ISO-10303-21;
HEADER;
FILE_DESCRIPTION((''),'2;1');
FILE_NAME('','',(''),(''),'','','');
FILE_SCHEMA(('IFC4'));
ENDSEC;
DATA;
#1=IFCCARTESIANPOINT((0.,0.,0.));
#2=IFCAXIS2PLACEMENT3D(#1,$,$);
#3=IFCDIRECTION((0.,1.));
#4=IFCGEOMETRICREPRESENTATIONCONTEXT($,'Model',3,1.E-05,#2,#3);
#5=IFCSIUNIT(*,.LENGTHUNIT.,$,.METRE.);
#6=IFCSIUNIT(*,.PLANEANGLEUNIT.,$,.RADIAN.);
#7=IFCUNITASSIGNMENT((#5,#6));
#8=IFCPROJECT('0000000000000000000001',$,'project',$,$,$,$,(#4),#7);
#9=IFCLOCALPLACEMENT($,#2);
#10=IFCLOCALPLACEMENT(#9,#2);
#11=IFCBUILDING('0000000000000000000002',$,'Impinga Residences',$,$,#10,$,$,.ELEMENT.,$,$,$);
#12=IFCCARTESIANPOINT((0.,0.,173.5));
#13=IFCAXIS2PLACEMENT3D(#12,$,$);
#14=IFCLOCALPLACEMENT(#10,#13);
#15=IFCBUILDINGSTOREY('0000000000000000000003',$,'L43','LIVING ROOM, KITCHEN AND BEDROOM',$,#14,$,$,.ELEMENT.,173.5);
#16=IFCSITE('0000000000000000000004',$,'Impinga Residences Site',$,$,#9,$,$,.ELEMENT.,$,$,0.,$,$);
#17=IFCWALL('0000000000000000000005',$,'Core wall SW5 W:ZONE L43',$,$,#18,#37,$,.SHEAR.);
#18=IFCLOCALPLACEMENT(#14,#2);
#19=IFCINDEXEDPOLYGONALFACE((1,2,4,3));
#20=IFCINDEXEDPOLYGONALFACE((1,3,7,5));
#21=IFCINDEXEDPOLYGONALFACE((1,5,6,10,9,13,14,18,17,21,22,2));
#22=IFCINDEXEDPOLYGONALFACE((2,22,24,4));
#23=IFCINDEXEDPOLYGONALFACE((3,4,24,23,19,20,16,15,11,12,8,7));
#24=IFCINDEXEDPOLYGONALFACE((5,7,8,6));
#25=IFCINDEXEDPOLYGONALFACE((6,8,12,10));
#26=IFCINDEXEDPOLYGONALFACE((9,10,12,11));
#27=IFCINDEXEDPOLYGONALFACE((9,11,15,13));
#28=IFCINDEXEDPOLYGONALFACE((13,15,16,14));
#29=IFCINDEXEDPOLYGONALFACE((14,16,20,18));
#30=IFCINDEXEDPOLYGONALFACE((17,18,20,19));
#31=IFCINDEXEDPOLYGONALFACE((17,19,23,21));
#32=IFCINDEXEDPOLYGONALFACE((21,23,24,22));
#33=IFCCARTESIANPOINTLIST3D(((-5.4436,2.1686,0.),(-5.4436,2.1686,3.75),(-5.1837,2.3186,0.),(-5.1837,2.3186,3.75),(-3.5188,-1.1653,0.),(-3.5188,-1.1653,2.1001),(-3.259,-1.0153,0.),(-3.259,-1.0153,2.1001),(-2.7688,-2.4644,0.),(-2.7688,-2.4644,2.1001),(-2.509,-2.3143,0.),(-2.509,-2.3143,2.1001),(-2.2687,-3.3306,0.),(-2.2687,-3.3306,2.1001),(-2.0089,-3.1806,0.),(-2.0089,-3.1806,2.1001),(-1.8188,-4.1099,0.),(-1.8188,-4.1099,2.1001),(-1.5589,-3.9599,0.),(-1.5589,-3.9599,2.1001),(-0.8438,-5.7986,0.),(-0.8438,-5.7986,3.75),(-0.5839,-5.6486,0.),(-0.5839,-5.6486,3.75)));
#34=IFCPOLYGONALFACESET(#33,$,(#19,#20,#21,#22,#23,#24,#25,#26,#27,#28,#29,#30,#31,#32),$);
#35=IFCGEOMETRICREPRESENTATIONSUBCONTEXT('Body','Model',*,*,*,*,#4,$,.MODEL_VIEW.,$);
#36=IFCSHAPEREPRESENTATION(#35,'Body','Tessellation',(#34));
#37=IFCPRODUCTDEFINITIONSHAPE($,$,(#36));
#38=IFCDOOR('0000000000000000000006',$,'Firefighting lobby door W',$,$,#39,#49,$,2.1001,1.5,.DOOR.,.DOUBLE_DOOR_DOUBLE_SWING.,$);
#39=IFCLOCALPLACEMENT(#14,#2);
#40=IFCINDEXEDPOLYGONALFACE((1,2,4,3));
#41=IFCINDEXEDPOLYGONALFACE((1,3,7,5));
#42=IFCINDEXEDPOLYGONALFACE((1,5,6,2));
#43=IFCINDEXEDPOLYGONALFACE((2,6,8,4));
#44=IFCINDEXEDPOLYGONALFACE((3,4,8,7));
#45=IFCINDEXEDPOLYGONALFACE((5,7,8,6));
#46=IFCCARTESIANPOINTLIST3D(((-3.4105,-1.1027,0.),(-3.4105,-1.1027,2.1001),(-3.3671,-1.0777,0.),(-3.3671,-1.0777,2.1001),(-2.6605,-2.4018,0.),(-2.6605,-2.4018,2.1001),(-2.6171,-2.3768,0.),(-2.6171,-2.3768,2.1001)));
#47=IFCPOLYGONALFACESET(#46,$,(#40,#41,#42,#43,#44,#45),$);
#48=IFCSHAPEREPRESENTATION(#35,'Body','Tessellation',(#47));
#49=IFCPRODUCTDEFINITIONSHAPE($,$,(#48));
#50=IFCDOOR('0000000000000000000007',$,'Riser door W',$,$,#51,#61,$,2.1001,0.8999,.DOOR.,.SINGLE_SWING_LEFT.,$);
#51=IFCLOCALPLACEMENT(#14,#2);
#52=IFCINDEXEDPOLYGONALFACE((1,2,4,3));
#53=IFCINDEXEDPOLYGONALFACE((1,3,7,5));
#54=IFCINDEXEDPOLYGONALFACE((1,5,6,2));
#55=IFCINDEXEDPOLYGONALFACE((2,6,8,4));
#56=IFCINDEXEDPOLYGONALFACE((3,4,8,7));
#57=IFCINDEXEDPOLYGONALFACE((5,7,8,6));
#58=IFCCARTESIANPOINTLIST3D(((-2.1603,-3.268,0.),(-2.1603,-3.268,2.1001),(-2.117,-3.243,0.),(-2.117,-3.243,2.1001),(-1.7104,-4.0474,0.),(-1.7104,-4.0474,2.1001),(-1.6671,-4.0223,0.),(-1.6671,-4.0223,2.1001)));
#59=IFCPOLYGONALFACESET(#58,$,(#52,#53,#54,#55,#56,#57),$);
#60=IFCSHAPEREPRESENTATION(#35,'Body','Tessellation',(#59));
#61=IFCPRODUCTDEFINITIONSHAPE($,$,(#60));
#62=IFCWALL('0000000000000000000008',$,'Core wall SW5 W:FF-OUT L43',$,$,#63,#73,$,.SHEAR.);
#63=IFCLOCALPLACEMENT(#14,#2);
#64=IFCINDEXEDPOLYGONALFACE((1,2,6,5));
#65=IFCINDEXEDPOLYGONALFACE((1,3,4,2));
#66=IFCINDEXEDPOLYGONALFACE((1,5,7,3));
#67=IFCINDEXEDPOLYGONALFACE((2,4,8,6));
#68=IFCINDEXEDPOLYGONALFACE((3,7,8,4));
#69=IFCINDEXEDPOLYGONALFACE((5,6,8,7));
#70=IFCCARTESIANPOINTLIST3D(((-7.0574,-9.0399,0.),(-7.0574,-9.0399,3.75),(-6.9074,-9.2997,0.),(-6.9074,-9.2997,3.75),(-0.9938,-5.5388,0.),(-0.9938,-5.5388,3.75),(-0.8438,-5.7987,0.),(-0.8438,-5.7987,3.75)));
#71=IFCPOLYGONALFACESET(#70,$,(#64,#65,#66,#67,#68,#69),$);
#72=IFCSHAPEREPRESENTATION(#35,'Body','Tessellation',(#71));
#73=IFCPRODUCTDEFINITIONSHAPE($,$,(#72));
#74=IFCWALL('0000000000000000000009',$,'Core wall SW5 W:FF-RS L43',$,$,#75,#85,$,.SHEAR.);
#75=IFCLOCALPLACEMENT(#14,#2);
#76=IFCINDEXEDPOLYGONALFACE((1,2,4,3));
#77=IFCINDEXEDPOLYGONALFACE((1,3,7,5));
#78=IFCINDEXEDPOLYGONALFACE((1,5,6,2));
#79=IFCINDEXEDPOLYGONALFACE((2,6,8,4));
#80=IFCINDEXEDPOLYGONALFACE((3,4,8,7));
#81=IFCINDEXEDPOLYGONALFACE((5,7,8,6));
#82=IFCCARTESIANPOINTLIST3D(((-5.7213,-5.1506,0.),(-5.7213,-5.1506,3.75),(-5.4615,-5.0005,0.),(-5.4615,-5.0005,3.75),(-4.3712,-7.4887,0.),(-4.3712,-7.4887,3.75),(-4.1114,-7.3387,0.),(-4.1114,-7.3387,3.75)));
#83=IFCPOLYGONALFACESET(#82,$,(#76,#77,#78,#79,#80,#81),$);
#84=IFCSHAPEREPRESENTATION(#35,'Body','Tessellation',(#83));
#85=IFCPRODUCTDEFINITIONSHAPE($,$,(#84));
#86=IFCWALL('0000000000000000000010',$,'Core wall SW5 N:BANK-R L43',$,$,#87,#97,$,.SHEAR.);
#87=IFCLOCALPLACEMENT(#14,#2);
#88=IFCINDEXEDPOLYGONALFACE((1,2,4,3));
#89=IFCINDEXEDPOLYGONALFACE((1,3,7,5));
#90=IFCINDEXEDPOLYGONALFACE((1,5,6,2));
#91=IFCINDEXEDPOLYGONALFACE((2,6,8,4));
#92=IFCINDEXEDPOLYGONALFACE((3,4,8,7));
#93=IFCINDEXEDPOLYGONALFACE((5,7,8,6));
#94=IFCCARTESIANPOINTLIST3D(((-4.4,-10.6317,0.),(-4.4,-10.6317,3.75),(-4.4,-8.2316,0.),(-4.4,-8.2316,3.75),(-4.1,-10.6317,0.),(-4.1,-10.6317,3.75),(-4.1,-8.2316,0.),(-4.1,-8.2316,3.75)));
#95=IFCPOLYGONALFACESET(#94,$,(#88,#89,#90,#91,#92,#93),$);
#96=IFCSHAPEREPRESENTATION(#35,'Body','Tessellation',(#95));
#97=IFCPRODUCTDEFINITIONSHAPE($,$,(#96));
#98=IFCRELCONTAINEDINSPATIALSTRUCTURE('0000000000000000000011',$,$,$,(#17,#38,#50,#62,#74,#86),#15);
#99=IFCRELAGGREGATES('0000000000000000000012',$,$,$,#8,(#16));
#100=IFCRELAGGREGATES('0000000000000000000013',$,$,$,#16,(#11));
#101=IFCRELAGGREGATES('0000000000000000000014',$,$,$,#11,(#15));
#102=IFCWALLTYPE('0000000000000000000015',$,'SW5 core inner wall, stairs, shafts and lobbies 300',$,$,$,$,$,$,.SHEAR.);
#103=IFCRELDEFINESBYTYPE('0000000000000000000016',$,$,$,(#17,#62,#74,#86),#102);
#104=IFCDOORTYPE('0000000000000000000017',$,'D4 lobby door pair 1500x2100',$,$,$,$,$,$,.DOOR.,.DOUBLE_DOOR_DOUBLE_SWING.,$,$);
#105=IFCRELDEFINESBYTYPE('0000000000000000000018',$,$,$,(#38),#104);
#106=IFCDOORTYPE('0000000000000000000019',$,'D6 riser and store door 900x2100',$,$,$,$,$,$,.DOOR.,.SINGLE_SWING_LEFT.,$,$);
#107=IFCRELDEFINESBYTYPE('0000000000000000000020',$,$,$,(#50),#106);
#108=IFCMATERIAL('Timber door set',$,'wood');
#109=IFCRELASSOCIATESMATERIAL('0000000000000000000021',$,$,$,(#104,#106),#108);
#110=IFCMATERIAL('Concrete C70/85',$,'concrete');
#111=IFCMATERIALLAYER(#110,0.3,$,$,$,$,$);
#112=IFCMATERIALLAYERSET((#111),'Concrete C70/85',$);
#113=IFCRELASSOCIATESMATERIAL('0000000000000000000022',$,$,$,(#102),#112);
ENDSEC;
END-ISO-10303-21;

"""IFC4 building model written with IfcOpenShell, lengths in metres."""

from ifc_helpers import new_model, si_unit, direction, frame, frame_2d, origin, place, context, subcontext, project, spatial, rectangle, extrude, material, layer, layer_set, type_object, element, fill, save


model = new_model("IFC4")

# Units and contexts
model_context = context("Model", 3, precision=1e-05, world=origin(), true_north=direction((0.0, 1.0)))
body_context = subcontext(model_context, "Body", "Model", "MODEL_VIEW")
ifc_project = project(units=[si_unit("LENGTHUNIT", "METRE"), si_unit("PLANEANGLEUNIT", "RADIAN")], contexts=[model_context])

# Site, building, storey
site_placement = place(None, origin())
site = spatial("IfcSite", under=ifc_project, at=site_placement, Name="Impinga Residences Site", CompositionType="ELEMENT", RefElevation=0.0)
building_placement = place(site_placement, origin())
building = spatial("IfcBuilding", under=site, at=building_placement, Name="Impinga Residences", CompositionType="ELEMENT")
storey_placement = place(building_placement, frame((0.0, 0.0, 173.5)))
storey = spatial("IfcBuildingStorey", under=building, at=storey_placement, Name="L43", Description="LIVING ROOM, KITCHEN AND BEDROOM", CompositionType="ELEMENT", Elevation=173.5)

# Shared definitions
ifc_material_1 = material(Name="Timber door set", Category="wood")

# Shared definitions
door_type_1 = type_object("IfcDoorType", Name="D4 lobby door pair 1500x2100", OperationType="DOUBLE_DOOR_DOUBLE_SWING", PredefinedType="DOOR", material=ifc_material_1)

# Wall, openings, doors
ifc_material_2 = material(Name="Concrete C70/85", Category="concrete")
ifc_layer_1 = layer(ifc_material_2, 0.3)
ifc_layer_set_1 = layer_set([ifc_layer_1], Name="Concrete C70/85")
wall_type_1 = type_object("IfcWallType", Name="SW5 core inner wall, stairs, shafts and lobbies 300", PredefinedType="SHEAR", material=ifc_layer_set_1)
wall_1_placement = place(storey_placement, frame((-0.7139, -5.7236, 0.0), z_axis=(0.0, 0.0, 1.0), x_axis=(-0.499995, 0.866028, 0.0)))
wall_1 = element("IfcWall", 1, at=wall_1_placement, inside=storey, type_object=wall_type_1, Name="Core wall SW5 W:ZONE L43", PredefinedType="SHEAR", context=body_context, shape_type="SweptSolid", body=[
    extrude(rectangle(XDim=9.1997, YDim=0.3, at=frame_2d((4.5999, 0.0))), origin(), (0.0, 0.0, 1.0), 3.75),
])
opening_1_placement = place(wall_1_placement, frame((3.8501, 0.0, 0.0)))
opening_1 = element("IfcOpeningElement", 2, at=opening_1_placement, cuts=wall_1, PredefinedType="OPENING", context=body_context, shape_type="SweptSolid", body=[
    extrude(rectangle(XDim=1.5, YDim=2.1001, at=frame_2d((0.75, 1.05))), frame((0.0, 0.1599, 0.0), z_axis=(0.0, -1.0, 0.0), x_axis=(1.0, 0.0, 0.0)), (0.0, 0.0, 1.0), 0.3201),
])
opening_2_placement = place(wall_1_placement, frame((1.95, 0.0, 0.0)))
opening_2 = element("IfcOpeningElement", 3, at=opening_2_placement, cuts=wall_1, PredefinedType="OPENING", context=body_context, shape_type="SweptSolid", body=[
    extrude(rectangle(XDim=0.8999, YDim=2.1001, at=frame_2d((0.45, 1.05))), frame((0.0, 0.1599, 0.0), z_axis=(0.0, -1.0, 0.0), x_axis=(1.0, 0.0, 0.0)), (0.0, 0.0, 1.0), 0.3201),
])
door_1_placement = place(opening_1_placement, origin())
door_1 = element("IfcDoor", 4, at=door_1_placement, inside=storey, type_object=door_type_1, Name="Firefighting lobby door W", OperationType="DOUBLE_DOOR_DOUBLE_SWING", OverallHeight=2.1001, OverallWidth=1.5, PredefinedType="DOOR", context=body_context, shape_type="SweptSolid", body=[
    extrude(rectangle(XDim=1.5, YDim=2.1001, at=frame_2d((0.75, 1.05))), frame((0.0, 0.0249, 0.0), z_axis=(0.0, -1.0, 0.0), x_axis=(1.0, 0.0, 0.0)), (0.0, 0.0, 1.0), 0.05),
])
fill(opening_1, door_1)
door_type_2 = type_object("IfcDoorType", Name="D6 riser and store door 900x2100", OperationType="SINGLE_SWING_LEFT", PredefinedType="DOOR", material=ifc_material_1)
door_2_placement = place(opening_2_placement, origin())
door_2 = element("IfcDoor", 5, at=door_2_placement, inside=storey, type_object=door_type_2, Name="Riser door W", OperationType="SINGLE_SWING_LEFT", OverallHeight=2.1001, OverallWidth=0.8999, PredefinedType="DOOR", context=body_context, shape_type="SweptSolid", body=[
    extrude(rectangle(XDim=0.8999, YDim=2.1001, at=frame_2d((0.45, 1.05))), frame((0.0, 0.0249, 0.0), z_axis=(0.0, -1.0, 0.0), x_axis=(1.0, 0.0, 0.0)), (0.0, 0.0, 1.0), 0.05),
])
fill(opening_2, door_2)

# Walls
wall_2_placement = place(storey_placement, frame((-0.9187, -5.6687, 0.0), z_axis=(0.0, 0.0, 1.0), x_axis=(-0.866011, -0.500024, 0.0)))
element("IfcWall", 6, at=wall_2_placement, inside=storey, type_object=wall_type_1, Name="Core wall SW5 W:FF-OUT L43", PredefinedType="SHEAR", context=body_context, shape_type="SweptSolid", body=[
    extrude(rectangle(XDim=7.0017, YDim=0.3, at=frame_2d((3.501, 0.0))), origin(), (0.0, 0.0, 1.0), 3.75),
])
wall_3_placement = place(storey_placement, frame((-4.2412, -7.4138, 0.0), z_axis=(0.0, 0.0, 1.0), x_axis=(-0.500049, 0.865997, 0.0)))
element("IfcWall", 7, at=wall_3_placement, inside=storey, type_object=wall_type_1, Name="Core wall SW5 W:FF-RS L43", PredefinedType="SHEAR", context=body_context, shape_type="SweptSolid", body=[
    extrude(rectangle(XDim=2.7, YDim=0.3, at=frame_2d((1.3501, 0.0))), origin(), (0.0, 0.0, 1.0), 3.75),
])
wall_4_placement = place(storey_placement, frame((-4.25, -8.2314, 0.0), z_axis=(0.0, 0.0, 1.0), x_axis=(0.0, -1.0, 0.0)))
element("IfcWall", 8, at=wall_4_placement, inside=storey, type_object=wall_type_1, Name="Core wall SW5 N:BANK-R L43", PredefinedType="SHEAR", context=body_context, shape_type="SweptSolid", body=[
    extrude(rectangle(XDim=2.4001, YDim=0.3, at=frame_2d((1.2002, 0.0))), origin(), (0.0, 0.0, 1.0), 3.75),
])

save(model, "model.ifc")
